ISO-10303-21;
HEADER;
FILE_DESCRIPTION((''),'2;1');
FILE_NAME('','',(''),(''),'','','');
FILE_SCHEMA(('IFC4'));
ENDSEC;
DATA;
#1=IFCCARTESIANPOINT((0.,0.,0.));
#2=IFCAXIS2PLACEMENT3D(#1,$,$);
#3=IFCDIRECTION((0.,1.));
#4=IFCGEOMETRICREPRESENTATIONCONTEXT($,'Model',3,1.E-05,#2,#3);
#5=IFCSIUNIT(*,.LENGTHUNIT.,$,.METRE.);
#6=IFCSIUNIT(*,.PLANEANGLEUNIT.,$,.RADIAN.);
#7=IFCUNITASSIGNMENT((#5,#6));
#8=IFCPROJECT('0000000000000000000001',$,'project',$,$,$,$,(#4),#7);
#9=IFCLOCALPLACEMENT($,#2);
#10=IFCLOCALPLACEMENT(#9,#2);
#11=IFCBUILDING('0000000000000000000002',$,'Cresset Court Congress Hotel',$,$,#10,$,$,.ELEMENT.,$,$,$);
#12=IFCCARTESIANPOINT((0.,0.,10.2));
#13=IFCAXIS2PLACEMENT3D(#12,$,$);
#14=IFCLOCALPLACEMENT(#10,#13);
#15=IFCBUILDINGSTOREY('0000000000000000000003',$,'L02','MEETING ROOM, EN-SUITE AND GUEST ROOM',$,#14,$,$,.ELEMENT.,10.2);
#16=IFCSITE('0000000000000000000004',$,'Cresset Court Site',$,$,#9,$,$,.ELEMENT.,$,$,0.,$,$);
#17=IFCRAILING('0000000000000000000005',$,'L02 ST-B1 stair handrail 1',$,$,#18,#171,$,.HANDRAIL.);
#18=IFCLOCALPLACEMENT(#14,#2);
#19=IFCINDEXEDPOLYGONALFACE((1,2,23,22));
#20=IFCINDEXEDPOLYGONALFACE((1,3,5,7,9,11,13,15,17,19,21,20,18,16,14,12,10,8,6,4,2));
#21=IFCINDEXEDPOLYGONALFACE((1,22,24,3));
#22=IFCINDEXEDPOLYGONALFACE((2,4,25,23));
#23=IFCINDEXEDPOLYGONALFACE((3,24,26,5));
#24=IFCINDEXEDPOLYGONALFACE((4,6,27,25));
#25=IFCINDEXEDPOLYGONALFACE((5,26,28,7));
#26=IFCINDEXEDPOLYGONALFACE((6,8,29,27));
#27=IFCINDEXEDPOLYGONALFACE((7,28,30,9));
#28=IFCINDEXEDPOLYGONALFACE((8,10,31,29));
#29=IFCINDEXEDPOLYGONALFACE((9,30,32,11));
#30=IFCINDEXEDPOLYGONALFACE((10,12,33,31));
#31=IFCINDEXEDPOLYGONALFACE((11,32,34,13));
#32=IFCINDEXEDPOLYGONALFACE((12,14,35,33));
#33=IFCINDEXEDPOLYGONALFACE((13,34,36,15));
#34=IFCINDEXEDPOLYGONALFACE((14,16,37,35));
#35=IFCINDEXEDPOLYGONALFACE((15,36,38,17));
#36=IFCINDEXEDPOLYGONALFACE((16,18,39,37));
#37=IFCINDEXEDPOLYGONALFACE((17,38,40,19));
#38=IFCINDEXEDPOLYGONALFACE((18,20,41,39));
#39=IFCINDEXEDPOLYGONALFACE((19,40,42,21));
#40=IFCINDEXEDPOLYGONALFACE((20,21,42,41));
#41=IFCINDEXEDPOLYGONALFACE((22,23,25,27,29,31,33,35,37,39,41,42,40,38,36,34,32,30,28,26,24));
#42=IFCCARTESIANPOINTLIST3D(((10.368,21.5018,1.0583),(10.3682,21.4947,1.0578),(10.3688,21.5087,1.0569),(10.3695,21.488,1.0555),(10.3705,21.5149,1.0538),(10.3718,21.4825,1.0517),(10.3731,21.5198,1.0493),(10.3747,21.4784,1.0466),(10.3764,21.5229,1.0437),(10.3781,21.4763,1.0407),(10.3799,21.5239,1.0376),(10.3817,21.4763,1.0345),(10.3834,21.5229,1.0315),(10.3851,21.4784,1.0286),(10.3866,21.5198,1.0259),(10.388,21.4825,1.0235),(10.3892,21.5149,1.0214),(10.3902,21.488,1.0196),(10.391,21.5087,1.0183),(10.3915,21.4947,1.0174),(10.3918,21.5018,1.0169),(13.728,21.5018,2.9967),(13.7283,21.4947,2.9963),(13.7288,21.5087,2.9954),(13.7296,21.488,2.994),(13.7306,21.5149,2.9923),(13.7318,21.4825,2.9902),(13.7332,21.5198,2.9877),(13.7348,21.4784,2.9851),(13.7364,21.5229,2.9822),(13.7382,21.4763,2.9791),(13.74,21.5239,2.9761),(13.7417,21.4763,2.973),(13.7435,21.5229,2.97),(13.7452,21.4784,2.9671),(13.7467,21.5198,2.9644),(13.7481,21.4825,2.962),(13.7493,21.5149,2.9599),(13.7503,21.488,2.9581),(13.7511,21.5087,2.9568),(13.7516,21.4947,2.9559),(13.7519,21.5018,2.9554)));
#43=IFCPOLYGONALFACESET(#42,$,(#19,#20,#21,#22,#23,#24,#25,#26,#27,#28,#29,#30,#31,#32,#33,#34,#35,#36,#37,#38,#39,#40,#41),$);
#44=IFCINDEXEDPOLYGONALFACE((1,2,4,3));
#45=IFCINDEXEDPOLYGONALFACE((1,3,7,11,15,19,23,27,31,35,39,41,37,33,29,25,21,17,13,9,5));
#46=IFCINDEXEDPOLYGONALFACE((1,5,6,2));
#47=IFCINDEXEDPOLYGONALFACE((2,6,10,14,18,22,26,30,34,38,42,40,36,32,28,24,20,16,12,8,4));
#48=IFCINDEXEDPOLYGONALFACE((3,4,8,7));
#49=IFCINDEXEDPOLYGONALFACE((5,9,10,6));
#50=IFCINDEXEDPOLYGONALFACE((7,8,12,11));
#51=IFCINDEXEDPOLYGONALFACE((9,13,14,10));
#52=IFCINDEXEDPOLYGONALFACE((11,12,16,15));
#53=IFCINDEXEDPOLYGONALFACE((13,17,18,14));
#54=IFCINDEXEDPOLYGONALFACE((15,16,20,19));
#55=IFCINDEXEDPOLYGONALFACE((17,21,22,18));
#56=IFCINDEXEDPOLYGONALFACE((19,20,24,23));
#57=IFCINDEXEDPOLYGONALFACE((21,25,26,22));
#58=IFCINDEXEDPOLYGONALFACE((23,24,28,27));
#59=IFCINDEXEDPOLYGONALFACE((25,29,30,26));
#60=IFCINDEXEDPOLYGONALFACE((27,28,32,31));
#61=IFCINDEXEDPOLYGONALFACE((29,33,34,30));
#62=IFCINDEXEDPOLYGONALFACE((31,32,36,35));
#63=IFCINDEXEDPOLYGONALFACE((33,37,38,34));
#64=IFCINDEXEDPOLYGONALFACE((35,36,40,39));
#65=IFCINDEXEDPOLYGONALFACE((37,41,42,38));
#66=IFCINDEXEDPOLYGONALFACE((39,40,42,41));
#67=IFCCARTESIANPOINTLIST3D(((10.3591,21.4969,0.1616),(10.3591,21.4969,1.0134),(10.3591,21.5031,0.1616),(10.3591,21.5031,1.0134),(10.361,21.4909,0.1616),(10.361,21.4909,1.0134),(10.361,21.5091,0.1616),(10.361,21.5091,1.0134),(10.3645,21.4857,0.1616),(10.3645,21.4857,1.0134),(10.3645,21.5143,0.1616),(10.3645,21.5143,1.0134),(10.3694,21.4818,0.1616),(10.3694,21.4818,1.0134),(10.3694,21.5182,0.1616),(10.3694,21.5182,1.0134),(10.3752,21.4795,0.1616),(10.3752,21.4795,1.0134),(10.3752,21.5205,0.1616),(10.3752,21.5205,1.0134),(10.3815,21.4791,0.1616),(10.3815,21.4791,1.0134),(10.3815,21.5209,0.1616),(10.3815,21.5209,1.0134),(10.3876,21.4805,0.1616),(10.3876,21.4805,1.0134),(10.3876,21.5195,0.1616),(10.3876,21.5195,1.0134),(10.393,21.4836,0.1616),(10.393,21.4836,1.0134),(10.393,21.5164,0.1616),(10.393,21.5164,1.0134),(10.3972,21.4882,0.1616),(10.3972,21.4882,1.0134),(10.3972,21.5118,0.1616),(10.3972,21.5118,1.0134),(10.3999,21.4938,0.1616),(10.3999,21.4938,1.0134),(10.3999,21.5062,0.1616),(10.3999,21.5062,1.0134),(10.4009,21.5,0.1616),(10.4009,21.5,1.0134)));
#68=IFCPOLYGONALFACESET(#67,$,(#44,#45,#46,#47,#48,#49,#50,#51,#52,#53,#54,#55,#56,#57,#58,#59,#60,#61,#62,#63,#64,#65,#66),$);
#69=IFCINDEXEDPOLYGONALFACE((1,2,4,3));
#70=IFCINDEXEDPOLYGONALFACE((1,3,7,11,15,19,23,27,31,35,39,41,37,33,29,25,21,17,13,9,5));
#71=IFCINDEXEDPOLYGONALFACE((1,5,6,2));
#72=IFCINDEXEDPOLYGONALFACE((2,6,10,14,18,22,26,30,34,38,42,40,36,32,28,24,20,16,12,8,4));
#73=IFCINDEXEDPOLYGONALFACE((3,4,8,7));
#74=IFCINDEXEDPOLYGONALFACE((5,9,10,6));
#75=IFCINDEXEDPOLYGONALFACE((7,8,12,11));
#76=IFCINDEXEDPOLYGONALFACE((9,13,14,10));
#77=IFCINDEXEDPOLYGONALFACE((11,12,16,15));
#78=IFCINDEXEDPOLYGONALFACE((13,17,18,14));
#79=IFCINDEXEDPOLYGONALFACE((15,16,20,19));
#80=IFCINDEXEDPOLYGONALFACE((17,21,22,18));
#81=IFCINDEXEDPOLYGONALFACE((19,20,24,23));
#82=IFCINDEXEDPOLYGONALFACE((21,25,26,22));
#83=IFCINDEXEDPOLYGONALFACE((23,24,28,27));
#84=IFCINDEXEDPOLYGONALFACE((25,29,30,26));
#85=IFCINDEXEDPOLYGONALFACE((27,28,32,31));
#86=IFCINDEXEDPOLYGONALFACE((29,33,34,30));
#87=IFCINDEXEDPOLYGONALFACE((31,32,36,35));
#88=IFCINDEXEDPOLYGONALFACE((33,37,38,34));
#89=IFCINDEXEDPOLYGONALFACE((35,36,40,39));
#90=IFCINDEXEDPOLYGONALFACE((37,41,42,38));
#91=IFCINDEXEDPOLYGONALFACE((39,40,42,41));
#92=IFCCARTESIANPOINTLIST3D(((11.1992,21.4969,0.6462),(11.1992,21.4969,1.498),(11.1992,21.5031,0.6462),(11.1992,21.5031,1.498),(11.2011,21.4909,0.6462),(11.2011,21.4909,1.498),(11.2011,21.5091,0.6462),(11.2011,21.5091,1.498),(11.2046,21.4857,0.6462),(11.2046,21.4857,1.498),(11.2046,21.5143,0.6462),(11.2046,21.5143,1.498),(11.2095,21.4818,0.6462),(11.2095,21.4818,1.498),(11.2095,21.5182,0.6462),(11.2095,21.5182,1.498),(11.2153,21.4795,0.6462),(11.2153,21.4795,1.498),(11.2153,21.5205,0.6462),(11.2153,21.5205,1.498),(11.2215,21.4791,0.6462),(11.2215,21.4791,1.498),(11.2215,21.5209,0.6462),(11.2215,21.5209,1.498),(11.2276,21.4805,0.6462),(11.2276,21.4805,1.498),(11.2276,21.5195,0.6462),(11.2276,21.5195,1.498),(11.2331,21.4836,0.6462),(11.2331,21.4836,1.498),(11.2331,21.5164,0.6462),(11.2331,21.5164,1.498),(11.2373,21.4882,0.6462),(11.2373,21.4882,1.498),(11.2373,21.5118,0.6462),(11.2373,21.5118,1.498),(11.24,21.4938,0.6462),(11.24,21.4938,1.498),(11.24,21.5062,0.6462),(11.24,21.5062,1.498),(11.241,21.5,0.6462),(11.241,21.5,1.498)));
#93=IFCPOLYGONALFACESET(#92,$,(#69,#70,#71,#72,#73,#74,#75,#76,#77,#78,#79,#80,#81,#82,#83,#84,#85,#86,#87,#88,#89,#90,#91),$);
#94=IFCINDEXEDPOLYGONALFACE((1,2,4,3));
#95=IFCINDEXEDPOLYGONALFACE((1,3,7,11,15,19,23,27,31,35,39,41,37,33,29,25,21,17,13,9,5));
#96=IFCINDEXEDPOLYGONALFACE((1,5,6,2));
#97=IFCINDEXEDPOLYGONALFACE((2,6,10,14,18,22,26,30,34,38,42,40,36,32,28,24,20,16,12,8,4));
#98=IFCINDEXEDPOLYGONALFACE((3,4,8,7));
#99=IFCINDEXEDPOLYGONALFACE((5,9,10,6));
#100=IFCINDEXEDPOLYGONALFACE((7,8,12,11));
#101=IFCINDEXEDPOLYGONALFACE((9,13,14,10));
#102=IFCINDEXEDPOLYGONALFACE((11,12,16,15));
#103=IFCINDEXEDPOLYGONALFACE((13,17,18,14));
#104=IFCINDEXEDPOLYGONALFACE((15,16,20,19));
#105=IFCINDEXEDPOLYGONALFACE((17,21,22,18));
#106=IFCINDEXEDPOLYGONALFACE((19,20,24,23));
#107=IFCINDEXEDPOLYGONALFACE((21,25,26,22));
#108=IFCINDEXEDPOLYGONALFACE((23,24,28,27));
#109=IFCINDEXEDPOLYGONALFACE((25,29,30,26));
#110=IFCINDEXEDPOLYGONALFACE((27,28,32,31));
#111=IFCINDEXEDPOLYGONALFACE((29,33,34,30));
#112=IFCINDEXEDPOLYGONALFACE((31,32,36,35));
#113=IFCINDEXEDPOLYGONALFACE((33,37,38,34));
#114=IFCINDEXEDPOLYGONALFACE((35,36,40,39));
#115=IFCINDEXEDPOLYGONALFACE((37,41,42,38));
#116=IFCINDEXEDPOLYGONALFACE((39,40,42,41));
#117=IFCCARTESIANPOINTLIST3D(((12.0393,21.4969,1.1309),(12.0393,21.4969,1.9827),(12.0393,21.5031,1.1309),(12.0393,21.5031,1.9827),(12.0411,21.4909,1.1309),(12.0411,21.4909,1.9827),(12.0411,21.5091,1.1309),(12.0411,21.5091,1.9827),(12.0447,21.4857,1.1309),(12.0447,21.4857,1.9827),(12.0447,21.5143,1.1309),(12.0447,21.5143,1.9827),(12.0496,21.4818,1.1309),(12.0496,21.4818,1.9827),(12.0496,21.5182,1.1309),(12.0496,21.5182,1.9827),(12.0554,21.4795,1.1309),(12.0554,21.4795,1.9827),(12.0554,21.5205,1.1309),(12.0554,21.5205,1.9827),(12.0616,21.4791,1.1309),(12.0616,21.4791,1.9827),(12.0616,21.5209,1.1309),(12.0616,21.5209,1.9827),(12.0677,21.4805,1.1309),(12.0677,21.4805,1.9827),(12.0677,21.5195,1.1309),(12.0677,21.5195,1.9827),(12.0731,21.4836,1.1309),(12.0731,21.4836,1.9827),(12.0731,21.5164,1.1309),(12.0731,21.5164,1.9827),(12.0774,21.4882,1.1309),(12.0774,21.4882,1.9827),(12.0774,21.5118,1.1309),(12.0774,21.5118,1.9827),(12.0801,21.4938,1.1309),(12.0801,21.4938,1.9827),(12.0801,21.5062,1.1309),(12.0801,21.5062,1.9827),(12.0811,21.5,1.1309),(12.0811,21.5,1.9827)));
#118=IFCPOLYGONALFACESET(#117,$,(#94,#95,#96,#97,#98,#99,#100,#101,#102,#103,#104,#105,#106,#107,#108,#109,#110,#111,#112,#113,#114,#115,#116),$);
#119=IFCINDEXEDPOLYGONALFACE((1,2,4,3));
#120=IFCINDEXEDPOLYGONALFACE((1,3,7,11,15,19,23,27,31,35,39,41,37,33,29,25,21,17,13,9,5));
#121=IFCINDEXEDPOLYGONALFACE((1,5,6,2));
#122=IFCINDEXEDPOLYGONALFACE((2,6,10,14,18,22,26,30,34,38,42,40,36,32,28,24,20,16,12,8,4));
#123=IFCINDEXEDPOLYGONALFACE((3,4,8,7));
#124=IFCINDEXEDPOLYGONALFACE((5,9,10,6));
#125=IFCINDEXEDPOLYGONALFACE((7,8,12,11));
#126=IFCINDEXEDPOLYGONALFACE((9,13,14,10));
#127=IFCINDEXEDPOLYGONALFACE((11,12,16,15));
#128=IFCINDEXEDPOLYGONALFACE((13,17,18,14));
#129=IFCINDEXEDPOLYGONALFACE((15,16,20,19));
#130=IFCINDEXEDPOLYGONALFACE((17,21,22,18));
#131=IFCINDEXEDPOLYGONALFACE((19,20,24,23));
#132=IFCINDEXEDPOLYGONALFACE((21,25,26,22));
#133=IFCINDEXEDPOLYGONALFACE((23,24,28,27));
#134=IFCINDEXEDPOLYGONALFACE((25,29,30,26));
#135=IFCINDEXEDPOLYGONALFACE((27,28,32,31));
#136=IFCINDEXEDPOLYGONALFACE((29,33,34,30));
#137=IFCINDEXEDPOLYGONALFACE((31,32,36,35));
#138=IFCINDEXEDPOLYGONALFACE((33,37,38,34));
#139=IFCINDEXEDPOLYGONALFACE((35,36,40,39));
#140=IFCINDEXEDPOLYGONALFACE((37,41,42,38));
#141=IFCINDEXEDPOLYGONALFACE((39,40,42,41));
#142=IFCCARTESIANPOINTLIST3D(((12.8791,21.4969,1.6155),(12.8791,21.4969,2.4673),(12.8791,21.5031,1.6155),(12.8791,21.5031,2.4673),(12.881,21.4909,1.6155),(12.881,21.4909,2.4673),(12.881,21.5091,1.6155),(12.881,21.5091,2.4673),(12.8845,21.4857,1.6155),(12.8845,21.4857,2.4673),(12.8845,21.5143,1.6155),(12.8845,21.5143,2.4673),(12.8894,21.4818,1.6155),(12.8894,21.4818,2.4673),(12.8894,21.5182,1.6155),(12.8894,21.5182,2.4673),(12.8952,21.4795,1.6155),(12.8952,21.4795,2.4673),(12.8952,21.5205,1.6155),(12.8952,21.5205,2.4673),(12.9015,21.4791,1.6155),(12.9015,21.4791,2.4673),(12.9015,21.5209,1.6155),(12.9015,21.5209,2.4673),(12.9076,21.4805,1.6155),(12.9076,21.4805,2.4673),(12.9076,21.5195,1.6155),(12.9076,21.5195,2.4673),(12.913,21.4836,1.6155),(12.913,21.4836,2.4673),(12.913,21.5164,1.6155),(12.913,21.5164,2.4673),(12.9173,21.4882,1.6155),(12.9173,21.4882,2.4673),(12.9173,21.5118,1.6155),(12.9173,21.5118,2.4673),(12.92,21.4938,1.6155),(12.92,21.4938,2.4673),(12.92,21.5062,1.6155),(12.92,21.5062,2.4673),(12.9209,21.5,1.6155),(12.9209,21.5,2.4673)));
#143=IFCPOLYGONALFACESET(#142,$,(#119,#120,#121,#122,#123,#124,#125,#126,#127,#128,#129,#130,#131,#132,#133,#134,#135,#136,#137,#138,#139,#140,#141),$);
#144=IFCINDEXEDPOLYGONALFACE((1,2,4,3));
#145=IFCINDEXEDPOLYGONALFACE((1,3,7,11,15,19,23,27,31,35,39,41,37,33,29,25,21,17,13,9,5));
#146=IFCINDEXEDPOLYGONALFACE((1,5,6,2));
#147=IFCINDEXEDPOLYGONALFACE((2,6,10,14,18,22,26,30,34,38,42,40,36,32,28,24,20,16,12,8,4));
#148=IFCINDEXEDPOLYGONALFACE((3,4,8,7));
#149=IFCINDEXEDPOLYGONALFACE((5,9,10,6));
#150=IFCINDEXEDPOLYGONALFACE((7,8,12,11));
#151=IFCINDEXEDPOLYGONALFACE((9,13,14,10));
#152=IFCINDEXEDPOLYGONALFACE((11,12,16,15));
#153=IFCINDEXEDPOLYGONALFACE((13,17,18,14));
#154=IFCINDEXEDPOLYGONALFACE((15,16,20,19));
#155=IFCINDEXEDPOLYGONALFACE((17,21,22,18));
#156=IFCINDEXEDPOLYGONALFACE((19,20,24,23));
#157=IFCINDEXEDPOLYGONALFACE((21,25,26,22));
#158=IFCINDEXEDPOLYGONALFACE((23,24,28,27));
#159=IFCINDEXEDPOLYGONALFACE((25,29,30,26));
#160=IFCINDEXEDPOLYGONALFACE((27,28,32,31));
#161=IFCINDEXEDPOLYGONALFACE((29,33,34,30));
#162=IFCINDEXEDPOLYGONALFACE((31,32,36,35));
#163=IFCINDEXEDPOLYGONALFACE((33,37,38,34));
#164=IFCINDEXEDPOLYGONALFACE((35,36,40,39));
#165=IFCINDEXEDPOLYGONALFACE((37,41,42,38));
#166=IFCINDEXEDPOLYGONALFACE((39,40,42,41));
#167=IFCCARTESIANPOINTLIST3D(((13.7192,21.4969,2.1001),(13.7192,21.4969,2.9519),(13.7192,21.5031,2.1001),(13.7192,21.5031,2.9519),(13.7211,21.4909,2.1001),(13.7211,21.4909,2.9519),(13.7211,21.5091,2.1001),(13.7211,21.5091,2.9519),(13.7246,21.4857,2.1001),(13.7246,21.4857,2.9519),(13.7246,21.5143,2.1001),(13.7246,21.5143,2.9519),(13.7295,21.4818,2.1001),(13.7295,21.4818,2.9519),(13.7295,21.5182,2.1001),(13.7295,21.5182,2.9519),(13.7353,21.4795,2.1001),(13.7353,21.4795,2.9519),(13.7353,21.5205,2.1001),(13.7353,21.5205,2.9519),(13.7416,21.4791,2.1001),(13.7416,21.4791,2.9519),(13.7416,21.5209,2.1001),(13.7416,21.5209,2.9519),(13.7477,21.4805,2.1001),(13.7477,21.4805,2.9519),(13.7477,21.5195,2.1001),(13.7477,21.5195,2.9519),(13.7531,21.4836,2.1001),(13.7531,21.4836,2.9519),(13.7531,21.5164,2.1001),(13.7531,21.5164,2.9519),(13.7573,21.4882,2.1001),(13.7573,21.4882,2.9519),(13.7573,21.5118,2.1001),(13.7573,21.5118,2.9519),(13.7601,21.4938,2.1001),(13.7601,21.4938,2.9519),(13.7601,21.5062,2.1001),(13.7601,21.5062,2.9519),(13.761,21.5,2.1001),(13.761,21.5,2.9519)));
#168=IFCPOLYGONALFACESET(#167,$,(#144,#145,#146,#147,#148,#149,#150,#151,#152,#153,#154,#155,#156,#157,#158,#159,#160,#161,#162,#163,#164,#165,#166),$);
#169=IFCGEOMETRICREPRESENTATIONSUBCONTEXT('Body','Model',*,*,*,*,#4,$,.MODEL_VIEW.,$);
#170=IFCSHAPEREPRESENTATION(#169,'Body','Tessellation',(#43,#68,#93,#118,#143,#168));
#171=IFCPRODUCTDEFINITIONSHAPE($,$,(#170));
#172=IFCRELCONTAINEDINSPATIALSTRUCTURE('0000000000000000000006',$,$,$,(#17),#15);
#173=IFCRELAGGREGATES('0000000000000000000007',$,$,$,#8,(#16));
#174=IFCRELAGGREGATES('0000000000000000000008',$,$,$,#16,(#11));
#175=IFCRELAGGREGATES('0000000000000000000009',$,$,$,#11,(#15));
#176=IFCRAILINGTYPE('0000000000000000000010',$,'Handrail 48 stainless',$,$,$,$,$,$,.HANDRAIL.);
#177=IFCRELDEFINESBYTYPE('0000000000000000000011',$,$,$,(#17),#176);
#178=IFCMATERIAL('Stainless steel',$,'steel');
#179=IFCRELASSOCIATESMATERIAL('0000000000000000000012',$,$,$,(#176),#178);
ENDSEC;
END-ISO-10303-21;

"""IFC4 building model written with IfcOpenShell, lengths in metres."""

from ifc_helpers import new_model, si_unit, direction, frame, origin, origin_2d, place, context, subcontext, project, spatial, circle, extrude, material, type_object, element, save


model = new_model("IFC4")

# Units and contexts
model_context = context("Model", 3, precision=1e-05, world=origin(), true_north=direction((0.0, 1.0)))
body_context = subcontext(model_context, "Body", "Model", "MODEL_VIEW")
ifc_project = project(units=[si_unit("LENGTHUNIT", "METRE"), si_unit("PLANEANGLEUNIT", "RADIAN")], contexts=[model_context])

# Site, building, storey
site_placement = place(None, origin())
site = spatial("IfcSite", under=ifc_project, at=site_placement, Name="Cresset Court Site", CompositionType="ELEMENT", RefElevation=0.0)
building_placement = place(site_placement, origin())
building = spatial("IfcBuilding", under=site, at=building_placement, Name="Cresset Court Congress Hotel", CompositionType="ELEMENT")
storey_placement = place(building_placement, frame((0.0, 0.0, 10.2)))
storey = spatial("IfcBuildingStorey", under=building, at=storey_placement, Name="L02", Description="MEETING ROOM, EN-SUITE AND GUEST ROOM", CompositionType="ELEMENT", Elevation=10.2)

# Railing
ifc_material_1 = material(Name="Stainless steel", Category="steel")
railing_type_1 = type_object("IfcRailingType", Name="Handrail 48 stainless", PredefinedType="HANDRAIL", material=ifc_material_1)
railing_1_placement = place(storey_placement, frame((10.3799, 21.5, 0.1616)))
element("IfcRailing", 1, at=railing_1_placement, inside=storey, type_object=railing_type_1, Name="L02 ST-B1 stair handrail 1", PredefinedType="HANDRAIL", context=body_context, shape_type="SweptSolid", body=[
    extrude(circle(Radius=0.0239, at=origin_2d()), frame((0.0, 0.0, 0.876), z_axis=(0.866191, 0.0, 0.499713), x_axis=(0.0, 1.0, 0.0)), (0.0, 0.0, 1.0), 3.8792),
    extrude(circle(Radius=0.021, at=origin_2d()), origin(), (0.0, 0.0, 1.0), 0.8518),
    extrude(circle(Radius=0.021, at=origin_2d()), frame((0.8401, 0.0, 0.4846)), (0.0, 0.0, 1.0), 0.8518),
    extrude(circle(Radius=0.021, at=origin_2d()), frame((1.6802, 0.0, 0.9692)), (0.0, 0.0, 1.0), 0.8518),
    extrude(circle(Radius=0.021, at=origin_2d()), frame((2.52, 0.0, 1.4539)), (0.0, 0.0, 1.0), 0.8518),
    extrude(circle(Radius=0.021, at=origin_2d()), frame((3.3601, 0.0, 1.9385)), (0.0, 0.0, 1.0), 0.8518),
])

save(model, "model.ifc")
